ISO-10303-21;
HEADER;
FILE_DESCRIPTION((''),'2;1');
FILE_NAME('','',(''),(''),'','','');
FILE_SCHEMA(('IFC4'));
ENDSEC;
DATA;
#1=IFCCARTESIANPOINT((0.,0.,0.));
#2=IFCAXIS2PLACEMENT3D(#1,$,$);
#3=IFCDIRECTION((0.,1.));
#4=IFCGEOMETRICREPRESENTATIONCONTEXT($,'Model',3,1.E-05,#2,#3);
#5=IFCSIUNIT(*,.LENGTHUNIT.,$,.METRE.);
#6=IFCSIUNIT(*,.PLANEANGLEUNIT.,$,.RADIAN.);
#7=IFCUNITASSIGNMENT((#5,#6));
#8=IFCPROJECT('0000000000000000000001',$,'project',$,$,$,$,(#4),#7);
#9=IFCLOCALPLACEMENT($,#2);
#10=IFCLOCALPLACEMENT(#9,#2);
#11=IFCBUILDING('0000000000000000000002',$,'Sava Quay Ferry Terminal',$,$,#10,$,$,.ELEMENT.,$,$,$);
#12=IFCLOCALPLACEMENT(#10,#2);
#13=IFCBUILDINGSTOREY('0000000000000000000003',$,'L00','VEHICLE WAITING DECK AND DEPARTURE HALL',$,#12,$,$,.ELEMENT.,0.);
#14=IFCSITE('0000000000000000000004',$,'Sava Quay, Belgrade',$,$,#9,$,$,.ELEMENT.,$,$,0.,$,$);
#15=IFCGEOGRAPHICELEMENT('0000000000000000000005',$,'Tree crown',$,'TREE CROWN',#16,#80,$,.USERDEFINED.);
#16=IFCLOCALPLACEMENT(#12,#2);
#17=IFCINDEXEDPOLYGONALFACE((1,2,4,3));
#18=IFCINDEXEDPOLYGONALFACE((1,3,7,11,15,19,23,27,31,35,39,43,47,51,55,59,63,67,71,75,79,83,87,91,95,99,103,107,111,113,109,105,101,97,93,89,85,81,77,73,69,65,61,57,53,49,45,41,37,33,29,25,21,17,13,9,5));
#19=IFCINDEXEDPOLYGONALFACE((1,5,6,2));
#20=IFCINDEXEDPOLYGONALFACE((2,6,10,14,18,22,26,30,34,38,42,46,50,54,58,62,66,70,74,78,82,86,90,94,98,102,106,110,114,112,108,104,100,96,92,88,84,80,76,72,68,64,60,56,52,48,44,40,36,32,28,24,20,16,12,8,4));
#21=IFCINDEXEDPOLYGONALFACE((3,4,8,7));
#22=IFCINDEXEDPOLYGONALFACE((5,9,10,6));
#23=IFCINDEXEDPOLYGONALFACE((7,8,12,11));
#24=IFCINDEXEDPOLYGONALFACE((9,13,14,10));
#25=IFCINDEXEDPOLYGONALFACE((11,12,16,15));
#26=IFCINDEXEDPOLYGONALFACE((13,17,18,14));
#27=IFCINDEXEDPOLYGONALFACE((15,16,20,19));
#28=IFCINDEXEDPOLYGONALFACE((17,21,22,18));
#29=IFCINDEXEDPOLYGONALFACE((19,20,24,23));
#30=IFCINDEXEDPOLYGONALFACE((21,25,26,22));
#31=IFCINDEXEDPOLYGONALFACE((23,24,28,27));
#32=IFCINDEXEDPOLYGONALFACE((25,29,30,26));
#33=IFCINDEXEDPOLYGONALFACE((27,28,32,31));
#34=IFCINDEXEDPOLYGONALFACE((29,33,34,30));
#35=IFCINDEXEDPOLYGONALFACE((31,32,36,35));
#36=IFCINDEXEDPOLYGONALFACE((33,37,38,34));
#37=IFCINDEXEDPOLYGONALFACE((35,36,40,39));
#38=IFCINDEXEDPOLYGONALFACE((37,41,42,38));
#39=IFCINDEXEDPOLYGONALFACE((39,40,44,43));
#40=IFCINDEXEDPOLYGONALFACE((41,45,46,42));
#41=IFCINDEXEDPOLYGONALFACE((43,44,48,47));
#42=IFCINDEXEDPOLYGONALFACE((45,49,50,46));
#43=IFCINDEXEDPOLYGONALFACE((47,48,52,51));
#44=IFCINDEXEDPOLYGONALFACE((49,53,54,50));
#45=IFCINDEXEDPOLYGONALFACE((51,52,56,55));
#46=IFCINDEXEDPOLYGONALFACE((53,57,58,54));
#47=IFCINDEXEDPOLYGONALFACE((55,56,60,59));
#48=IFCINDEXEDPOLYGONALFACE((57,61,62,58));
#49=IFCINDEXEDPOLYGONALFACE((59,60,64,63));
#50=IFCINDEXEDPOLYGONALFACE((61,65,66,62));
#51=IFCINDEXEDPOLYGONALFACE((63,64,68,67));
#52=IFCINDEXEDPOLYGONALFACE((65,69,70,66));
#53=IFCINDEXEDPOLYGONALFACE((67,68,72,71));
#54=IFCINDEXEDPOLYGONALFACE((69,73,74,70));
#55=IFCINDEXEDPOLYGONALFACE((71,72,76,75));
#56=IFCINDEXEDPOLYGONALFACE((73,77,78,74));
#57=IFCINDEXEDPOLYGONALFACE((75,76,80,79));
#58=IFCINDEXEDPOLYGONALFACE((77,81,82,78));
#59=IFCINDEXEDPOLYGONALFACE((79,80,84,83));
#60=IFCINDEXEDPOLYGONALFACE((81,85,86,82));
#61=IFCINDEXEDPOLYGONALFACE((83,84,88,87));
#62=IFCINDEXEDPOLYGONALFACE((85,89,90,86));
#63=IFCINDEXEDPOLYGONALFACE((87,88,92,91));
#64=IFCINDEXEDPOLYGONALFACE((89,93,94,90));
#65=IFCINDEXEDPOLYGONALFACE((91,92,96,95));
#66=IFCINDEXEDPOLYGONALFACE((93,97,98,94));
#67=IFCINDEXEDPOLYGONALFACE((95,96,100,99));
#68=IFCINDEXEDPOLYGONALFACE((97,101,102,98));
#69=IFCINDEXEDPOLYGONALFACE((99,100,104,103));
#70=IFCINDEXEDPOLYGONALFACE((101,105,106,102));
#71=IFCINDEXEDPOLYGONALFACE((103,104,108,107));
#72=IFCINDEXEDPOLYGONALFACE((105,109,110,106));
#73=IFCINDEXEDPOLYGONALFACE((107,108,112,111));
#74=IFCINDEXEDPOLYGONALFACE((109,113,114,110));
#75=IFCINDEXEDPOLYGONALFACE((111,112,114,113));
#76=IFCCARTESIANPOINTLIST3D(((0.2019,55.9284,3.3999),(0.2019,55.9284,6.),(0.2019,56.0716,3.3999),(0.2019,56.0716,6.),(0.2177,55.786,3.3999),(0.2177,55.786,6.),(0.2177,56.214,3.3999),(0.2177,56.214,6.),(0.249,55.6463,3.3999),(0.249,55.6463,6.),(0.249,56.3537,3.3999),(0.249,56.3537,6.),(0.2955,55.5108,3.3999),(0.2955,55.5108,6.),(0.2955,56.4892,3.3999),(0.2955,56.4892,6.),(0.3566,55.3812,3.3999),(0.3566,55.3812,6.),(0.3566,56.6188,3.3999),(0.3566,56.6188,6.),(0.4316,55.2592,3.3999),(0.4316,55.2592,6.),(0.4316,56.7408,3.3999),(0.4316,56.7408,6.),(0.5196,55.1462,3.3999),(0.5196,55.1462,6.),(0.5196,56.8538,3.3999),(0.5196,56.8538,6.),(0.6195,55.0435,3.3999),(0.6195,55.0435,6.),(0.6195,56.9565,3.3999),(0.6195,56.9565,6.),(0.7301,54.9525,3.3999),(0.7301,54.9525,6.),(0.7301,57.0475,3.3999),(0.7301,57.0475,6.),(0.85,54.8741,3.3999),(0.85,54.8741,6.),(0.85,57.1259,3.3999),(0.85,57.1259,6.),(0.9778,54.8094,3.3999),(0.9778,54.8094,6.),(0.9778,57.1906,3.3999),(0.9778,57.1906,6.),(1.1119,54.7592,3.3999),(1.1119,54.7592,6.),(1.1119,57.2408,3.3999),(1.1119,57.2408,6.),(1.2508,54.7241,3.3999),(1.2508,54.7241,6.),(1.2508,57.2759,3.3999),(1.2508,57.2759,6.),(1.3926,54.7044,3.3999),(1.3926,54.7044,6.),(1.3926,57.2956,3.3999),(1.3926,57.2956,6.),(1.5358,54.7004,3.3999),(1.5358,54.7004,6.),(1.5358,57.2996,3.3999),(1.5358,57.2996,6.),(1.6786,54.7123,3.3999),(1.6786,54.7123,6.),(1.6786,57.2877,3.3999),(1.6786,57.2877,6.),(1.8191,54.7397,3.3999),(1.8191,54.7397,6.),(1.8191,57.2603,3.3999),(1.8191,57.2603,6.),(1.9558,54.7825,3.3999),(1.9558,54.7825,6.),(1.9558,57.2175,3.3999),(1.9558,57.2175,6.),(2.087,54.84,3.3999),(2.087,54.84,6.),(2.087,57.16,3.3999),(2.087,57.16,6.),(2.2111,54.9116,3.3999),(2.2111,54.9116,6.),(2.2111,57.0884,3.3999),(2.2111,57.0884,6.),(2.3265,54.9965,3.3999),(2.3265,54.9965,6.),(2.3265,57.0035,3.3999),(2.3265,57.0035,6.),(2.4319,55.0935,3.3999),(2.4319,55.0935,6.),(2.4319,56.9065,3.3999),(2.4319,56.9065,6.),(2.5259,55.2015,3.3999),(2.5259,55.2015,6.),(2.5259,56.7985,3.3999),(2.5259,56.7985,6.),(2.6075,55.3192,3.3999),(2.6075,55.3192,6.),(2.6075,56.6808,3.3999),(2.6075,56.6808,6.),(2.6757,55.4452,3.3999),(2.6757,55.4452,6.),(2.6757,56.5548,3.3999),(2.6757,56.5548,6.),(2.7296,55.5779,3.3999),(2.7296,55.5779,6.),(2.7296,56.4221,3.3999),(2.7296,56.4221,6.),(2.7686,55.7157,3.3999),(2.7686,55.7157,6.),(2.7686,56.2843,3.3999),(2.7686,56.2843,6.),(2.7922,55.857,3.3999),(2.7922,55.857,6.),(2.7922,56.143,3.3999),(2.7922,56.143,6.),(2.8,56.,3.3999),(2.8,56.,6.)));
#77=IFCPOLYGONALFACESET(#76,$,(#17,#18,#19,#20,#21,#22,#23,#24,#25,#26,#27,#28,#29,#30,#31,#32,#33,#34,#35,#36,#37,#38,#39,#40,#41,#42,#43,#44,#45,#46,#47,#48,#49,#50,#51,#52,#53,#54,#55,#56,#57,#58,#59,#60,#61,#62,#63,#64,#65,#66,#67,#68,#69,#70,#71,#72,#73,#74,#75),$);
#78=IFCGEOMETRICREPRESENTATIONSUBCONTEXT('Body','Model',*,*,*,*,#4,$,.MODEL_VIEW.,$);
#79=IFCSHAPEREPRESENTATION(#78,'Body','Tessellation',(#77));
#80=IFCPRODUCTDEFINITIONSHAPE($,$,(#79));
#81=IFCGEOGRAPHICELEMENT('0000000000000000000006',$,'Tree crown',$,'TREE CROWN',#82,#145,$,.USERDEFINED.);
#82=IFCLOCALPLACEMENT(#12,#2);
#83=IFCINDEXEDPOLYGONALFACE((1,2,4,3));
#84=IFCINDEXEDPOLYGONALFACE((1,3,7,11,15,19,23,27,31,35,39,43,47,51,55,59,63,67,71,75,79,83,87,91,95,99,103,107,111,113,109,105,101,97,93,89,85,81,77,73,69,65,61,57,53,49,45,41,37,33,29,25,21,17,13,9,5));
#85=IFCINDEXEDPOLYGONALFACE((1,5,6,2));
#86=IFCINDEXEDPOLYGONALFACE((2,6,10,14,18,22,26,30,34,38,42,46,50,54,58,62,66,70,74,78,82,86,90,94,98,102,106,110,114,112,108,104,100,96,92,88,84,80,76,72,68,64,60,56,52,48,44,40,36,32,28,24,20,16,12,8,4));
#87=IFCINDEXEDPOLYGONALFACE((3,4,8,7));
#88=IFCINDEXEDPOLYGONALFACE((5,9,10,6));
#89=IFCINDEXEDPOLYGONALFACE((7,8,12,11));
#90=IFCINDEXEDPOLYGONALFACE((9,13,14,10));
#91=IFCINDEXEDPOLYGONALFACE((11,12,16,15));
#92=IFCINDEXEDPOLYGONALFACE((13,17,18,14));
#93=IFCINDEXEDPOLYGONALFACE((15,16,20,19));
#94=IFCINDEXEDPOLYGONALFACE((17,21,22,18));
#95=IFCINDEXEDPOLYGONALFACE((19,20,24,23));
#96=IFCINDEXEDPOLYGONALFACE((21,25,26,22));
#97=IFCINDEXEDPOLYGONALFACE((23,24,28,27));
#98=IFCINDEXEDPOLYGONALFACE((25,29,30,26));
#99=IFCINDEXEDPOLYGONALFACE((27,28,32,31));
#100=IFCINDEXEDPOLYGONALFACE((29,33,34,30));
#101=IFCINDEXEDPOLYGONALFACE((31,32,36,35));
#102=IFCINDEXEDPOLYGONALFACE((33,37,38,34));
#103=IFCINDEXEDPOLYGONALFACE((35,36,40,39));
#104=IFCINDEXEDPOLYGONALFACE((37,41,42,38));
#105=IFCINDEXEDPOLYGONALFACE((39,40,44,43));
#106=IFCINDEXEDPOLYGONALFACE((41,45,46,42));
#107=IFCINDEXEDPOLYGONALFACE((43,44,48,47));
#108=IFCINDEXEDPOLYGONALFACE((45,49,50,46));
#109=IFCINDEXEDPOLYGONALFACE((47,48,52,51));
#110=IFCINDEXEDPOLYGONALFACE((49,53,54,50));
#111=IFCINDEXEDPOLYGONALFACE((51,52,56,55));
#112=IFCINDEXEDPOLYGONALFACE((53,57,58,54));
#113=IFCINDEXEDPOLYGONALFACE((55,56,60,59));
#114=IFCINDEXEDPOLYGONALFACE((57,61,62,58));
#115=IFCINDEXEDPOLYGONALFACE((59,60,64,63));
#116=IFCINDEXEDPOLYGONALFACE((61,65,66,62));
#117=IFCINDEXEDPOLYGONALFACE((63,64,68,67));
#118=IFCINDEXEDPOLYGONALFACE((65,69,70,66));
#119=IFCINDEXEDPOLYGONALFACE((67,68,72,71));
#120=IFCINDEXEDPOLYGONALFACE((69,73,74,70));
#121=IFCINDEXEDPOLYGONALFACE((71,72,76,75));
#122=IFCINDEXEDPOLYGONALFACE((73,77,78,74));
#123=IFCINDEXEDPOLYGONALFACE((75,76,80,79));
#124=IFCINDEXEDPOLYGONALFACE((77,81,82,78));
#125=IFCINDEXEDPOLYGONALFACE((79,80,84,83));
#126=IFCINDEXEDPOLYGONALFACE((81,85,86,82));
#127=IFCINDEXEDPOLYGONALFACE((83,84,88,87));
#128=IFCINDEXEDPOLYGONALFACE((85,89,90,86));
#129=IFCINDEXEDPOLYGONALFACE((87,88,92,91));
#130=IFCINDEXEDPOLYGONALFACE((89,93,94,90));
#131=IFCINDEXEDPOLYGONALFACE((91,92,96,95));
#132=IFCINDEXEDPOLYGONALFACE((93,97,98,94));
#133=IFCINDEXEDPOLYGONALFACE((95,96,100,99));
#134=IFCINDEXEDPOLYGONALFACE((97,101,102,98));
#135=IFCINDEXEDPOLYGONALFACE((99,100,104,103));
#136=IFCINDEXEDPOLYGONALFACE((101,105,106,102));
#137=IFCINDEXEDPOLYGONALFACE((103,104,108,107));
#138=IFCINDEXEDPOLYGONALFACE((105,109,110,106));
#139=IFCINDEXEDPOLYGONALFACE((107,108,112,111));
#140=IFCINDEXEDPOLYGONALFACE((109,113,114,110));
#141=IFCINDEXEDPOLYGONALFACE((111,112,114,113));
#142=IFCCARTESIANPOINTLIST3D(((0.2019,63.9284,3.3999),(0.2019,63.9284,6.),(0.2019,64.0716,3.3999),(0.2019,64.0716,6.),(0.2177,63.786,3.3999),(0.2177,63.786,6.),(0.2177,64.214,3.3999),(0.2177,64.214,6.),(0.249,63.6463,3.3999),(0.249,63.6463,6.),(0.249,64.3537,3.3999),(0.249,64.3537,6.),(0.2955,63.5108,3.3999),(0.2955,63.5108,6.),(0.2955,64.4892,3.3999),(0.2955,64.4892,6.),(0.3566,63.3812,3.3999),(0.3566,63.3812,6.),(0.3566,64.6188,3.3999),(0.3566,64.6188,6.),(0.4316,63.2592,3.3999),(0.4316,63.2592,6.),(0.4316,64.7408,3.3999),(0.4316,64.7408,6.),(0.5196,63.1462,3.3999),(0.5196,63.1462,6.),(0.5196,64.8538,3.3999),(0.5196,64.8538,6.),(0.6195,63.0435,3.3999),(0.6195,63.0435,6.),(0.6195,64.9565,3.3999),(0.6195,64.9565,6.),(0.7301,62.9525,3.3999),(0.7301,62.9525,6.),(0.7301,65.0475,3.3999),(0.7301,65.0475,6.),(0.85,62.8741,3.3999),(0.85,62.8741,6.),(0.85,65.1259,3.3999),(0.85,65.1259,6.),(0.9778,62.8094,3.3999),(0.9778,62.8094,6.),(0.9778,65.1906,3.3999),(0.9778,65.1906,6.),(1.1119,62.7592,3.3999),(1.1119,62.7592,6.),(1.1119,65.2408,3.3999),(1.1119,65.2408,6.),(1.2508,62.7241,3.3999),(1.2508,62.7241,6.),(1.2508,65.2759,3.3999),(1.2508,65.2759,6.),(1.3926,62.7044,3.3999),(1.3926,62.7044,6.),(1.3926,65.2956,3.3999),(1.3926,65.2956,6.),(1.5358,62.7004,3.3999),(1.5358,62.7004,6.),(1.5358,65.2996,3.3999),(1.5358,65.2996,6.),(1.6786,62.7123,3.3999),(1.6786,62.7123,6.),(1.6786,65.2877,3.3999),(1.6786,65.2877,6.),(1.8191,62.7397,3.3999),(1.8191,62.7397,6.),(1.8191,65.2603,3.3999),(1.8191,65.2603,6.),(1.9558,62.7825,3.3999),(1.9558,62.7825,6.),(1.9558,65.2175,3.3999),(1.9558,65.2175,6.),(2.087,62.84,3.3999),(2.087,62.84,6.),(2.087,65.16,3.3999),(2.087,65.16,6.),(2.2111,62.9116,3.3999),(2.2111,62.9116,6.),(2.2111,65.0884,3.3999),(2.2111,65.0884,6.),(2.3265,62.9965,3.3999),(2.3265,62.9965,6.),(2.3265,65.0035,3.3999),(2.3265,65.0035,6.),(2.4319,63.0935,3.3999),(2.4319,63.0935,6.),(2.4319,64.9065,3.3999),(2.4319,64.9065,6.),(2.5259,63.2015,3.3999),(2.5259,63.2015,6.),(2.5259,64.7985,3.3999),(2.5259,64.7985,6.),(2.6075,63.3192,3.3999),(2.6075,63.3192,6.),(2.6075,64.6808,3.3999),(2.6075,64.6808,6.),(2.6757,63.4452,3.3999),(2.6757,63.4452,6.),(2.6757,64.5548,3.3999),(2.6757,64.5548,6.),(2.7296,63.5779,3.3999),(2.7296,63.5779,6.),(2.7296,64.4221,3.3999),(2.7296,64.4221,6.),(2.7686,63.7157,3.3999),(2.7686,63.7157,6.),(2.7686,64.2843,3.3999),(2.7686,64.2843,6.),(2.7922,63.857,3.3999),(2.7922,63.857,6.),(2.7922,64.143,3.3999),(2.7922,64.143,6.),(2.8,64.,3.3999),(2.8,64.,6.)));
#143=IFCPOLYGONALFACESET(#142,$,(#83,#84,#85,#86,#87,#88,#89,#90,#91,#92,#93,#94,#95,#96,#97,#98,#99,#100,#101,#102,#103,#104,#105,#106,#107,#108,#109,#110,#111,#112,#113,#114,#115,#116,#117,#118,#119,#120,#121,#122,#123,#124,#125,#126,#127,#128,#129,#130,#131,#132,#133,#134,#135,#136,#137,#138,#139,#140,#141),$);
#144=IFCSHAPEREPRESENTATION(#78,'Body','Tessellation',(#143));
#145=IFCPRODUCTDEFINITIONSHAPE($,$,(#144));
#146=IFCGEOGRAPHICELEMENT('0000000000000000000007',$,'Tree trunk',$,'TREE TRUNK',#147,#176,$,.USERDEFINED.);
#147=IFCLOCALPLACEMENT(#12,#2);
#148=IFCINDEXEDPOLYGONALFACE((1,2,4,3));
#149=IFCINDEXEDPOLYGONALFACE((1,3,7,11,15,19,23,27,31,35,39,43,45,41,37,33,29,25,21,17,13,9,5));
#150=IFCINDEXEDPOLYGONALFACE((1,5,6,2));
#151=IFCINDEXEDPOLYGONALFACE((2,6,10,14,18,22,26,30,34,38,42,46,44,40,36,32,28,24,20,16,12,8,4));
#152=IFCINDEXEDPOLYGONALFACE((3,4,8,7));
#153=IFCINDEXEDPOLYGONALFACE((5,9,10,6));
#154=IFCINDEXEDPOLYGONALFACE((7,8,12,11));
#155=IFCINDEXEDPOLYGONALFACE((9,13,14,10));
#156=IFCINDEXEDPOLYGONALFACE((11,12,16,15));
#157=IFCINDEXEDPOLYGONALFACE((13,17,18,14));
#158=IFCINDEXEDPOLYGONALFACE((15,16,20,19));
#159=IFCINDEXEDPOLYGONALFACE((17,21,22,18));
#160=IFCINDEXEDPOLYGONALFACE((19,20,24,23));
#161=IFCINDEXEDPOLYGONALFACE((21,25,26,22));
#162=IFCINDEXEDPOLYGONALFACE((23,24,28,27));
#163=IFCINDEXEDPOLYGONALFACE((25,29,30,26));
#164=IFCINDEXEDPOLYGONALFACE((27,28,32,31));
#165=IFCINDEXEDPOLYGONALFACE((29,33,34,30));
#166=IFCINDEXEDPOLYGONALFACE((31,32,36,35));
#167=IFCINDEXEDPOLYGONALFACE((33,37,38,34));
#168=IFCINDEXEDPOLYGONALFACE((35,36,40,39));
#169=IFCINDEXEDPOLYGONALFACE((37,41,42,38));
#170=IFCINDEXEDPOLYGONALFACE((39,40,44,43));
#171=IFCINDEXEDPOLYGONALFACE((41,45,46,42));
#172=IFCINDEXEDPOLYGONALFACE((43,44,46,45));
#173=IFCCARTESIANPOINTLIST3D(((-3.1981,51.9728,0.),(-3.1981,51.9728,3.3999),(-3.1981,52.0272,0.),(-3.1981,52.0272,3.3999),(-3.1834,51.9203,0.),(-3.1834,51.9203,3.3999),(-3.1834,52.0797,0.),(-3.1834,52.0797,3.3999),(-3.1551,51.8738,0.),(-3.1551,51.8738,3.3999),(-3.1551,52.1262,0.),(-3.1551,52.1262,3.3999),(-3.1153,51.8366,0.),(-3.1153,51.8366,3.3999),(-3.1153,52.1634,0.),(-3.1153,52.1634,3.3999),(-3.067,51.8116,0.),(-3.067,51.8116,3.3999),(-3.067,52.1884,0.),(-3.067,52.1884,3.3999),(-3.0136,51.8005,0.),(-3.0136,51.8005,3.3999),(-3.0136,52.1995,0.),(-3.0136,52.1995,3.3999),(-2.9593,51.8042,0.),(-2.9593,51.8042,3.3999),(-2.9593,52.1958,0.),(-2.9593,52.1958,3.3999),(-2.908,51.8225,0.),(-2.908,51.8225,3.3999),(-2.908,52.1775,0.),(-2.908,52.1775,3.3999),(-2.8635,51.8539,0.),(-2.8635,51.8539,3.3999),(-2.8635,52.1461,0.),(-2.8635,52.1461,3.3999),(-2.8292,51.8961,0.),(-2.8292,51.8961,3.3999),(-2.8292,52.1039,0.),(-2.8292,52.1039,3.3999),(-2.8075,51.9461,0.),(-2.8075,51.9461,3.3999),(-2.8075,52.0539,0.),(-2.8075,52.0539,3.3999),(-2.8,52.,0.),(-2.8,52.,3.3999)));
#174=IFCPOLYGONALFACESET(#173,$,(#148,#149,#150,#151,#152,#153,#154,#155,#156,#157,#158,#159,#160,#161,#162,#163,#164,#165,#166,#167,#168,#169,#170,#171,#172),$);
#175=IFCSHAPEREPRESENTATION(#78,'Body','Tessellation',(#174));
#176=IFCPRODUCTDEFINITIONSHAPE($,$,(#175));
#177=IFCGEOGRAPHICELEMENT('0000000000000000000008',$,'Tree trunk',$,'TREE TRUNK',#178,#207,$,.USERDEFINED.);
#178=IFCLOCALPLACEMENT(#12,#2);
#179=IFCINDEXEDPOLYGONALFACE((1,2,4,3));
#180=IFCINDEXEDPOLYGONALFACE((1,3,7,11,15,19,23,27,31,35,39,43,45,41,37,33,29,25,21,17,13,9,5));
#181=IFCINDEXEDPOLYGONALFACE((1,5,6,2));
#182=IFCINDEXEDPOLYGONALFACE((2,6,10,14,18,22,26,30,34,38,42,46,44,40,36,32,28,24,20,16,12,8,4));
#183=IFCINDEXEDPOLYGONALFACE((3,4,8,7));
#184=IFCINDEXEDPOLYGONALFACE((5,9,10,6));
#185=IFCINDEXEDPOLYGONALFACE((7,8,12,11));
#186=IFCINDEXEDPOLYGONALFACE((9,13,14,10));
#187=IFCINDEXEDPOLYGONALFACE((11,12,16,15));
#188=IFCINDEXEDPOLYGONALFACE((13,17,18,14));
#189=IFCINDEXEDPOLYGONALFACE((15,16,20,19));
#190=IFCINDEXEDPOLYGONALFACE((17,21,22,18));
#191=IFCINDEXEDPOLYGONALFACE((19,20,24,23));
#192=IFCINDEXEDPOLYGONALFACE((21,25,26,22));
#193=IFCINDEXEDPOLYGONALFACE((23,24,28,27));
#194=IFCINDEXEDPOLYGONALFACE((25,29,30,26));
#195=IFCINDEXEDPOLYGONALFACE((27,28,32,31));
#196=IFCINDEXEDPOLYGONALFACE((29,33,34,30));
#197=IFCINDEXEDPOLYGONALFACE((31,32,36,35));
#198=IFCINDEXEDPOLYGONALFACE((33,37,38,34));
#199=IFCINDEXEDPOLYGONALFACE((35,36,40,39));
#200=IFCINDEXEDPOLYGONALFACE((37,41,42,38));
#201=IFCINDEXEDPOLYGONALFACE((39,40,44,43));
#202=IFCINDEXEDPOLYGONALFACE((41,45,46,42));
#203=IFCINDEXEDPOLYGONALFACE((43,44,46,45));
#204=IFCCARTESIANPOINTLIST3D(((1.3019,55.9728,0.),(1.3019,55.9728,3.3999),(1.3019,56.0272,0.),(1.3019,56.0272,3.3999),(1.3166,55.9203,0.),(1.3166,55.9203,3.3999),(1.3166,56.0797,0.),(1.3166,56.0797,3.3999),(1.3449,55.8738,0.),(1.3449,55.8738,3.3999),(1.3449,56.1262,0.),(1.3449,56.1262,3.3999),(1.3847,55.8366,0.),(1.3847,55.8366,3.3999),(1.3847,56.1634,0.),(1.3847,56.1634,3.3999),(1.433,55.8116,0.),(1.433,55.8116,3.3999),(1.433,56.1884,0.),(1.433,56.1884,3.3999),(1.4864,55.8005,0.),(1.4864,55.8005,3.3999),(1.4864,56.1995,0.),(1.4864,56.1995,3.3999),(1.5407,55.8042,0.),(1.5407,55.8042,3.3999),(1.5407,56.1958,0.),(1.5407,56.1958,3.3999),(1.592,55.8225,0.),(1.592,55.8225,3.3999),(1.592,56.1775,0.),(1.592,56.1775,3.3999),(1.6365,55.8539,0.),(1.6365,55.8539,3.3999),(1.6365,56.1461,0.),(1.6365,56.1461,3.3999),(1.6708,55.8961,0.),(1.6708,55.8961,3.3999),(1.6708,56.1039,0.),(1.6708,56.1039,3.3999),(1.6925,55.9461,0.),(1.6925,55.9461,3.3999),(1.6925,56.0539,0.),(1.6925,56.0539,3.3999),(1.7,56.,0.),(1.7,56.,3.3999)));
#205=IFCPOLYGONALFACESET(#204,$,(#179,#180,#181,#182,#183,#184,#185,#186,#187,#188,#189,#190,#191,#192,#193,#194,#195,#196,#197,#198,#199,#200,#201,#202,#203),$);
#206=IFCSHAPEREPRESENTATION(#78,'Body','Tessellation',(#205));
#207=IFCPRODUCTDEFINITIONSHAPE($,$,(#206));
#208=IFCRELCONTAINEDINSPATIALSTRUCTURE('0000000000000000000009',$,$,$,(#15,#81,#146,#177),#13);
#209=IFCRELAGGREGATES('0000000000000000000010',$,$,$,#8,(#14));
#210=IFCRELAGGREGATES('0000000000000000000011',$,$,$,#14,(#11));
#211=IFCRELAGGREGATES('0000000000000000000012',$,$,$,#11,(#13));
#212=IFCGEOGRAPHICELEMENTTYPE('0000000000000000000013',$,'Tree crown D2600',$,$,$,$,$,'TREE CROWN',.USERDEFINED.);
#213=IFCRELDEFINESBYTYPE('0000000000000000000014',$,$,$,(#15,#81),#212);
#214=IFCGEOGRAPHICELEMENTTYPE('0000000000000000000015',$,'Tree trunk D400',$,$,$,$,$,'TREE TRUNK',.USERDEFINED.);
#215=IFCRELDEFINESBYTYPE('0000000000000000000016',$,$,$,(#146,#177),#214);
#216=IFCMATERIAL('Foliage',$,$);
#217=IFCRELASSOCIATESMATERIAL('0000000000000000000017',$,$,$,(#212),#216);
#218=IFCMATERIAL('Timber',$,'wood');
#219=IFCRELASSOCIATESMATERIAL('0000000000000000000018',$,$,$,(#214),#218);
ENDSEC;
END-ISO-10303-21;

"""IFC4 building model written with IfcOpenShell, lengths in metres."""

from ifc_helpers import new_model, si_unit, direction, frame, origin, origin_2d, place, context, subcontext, project, spatial, circle, extrude, material, type_object, element, save


model = new_model("IFC4")

# Units and contexts
model_context = context("Model", 3, precision=1e-05, world=origin(), true_north=direction((0.0, 1.0)))
body_context = subcontext(model_context, "Body", "Model", "MODEL_VIEW")
ifc_project = project(units=[si_unit("LENGTHUNIT", "METRE"), si_unit("PLANEANGLEUNIT", "RADIAN")], contexts=[model_context])

# Site, building, storey
site_placement = place(None, origin())
site = spatial("IfcSite", under=ifc_project, at=site_placement, Name="Sava Quay, Belgrade", CompositionType="ELEMENT", RefElevation=0.0)
building_placement = place(site_placement, origin())
building = spatial("IfcBuilding", under=site, at=building_placement, Name="Sava Quay Ferry Terminal", CompositionType="ELEMENT")
storey_placement = place(building_placement, origin())
storey = spatial("IfcBuildingStorey", under=building, at=storey_placement, Name="L00", Description="VEHICLE WAITING DECK AND DEPARTURE HALL", CompositionType="ELEMENT", Elevation=0.0)

# Geographic elements
ifc_material_1 = material(Name="Foliage")
geographic_element_type_1 = type_object("IfcGeographicElementType", Name="Tree crown D2600", ElementType="TREE CROWN", PredefinedType="USERDEFINED", material=ifc_material_1)
for number, where, z_axis, x_axis, name in (
    (1, (1.5, 56.0, 6.0), (0.0, 0.0, -1.0), (1.0, 0.0, 0.0), "Tree crown"),
    (2, (1.5, 64.0, 6.0), (0.0, 0.0, -1.0), (1.0, 0.0, 0.0), "Tree crown"),
):
    element("IfcGeographicElement", number, at=place(storey_placement, frame(where, z_axis=z_axis, x_axis=x_axis)), inside=storey, type_object=geographic_element_type_1, Name=name, ObjectType="TREE CROWN", PredefinedType="USERDEFINED", context=body_context, shape_type="SweptSolid", body=[
        extrude(circle(Radius=1.3, at=origin_2d()), origin(), (0.0, 0.0, 1.0), 2.6001),
    ])
ifc_material_2 = material(Name="Timber", Category="wood")
geographic_element_type_2 = type_object("IfcGeographicElementType", Name="Tree trunk D400", ElementType="TREE TRUNK", PredefinedType="USERDEFINED", material=ifc_material_2)
for number, where, z_axis, x_axis, name in (
    (3, (-3.0, 52.0, 3.3999), (0.0, 0.0, -1.0), (1.0, 0.0, 0.0), "Tree trunk"),
    (4, (1.5, 56.0, 3.3999), (0.0, 0.0, -1.0), (1.0, 0.0, 0.0), "Tree trunk"),
):
    element("IfcGeographicElement", number, at=place(storey_placement, frame(where, z_axis=z_axis, x_axis=x_axis)), inside=storey, type_object=geographic_element_type_2, Name=name, ObjectType="TREE TRUNK", PredefinedType="USERDEFINED", context=body_context, shape_type="SweptSolid", body=[
        extrude(circle(Radius=0.2, at=origin_2d()), origin(), (0.0, 0.0, 1.0), 3.3999),
    ])

save(model, "model.ifc")
